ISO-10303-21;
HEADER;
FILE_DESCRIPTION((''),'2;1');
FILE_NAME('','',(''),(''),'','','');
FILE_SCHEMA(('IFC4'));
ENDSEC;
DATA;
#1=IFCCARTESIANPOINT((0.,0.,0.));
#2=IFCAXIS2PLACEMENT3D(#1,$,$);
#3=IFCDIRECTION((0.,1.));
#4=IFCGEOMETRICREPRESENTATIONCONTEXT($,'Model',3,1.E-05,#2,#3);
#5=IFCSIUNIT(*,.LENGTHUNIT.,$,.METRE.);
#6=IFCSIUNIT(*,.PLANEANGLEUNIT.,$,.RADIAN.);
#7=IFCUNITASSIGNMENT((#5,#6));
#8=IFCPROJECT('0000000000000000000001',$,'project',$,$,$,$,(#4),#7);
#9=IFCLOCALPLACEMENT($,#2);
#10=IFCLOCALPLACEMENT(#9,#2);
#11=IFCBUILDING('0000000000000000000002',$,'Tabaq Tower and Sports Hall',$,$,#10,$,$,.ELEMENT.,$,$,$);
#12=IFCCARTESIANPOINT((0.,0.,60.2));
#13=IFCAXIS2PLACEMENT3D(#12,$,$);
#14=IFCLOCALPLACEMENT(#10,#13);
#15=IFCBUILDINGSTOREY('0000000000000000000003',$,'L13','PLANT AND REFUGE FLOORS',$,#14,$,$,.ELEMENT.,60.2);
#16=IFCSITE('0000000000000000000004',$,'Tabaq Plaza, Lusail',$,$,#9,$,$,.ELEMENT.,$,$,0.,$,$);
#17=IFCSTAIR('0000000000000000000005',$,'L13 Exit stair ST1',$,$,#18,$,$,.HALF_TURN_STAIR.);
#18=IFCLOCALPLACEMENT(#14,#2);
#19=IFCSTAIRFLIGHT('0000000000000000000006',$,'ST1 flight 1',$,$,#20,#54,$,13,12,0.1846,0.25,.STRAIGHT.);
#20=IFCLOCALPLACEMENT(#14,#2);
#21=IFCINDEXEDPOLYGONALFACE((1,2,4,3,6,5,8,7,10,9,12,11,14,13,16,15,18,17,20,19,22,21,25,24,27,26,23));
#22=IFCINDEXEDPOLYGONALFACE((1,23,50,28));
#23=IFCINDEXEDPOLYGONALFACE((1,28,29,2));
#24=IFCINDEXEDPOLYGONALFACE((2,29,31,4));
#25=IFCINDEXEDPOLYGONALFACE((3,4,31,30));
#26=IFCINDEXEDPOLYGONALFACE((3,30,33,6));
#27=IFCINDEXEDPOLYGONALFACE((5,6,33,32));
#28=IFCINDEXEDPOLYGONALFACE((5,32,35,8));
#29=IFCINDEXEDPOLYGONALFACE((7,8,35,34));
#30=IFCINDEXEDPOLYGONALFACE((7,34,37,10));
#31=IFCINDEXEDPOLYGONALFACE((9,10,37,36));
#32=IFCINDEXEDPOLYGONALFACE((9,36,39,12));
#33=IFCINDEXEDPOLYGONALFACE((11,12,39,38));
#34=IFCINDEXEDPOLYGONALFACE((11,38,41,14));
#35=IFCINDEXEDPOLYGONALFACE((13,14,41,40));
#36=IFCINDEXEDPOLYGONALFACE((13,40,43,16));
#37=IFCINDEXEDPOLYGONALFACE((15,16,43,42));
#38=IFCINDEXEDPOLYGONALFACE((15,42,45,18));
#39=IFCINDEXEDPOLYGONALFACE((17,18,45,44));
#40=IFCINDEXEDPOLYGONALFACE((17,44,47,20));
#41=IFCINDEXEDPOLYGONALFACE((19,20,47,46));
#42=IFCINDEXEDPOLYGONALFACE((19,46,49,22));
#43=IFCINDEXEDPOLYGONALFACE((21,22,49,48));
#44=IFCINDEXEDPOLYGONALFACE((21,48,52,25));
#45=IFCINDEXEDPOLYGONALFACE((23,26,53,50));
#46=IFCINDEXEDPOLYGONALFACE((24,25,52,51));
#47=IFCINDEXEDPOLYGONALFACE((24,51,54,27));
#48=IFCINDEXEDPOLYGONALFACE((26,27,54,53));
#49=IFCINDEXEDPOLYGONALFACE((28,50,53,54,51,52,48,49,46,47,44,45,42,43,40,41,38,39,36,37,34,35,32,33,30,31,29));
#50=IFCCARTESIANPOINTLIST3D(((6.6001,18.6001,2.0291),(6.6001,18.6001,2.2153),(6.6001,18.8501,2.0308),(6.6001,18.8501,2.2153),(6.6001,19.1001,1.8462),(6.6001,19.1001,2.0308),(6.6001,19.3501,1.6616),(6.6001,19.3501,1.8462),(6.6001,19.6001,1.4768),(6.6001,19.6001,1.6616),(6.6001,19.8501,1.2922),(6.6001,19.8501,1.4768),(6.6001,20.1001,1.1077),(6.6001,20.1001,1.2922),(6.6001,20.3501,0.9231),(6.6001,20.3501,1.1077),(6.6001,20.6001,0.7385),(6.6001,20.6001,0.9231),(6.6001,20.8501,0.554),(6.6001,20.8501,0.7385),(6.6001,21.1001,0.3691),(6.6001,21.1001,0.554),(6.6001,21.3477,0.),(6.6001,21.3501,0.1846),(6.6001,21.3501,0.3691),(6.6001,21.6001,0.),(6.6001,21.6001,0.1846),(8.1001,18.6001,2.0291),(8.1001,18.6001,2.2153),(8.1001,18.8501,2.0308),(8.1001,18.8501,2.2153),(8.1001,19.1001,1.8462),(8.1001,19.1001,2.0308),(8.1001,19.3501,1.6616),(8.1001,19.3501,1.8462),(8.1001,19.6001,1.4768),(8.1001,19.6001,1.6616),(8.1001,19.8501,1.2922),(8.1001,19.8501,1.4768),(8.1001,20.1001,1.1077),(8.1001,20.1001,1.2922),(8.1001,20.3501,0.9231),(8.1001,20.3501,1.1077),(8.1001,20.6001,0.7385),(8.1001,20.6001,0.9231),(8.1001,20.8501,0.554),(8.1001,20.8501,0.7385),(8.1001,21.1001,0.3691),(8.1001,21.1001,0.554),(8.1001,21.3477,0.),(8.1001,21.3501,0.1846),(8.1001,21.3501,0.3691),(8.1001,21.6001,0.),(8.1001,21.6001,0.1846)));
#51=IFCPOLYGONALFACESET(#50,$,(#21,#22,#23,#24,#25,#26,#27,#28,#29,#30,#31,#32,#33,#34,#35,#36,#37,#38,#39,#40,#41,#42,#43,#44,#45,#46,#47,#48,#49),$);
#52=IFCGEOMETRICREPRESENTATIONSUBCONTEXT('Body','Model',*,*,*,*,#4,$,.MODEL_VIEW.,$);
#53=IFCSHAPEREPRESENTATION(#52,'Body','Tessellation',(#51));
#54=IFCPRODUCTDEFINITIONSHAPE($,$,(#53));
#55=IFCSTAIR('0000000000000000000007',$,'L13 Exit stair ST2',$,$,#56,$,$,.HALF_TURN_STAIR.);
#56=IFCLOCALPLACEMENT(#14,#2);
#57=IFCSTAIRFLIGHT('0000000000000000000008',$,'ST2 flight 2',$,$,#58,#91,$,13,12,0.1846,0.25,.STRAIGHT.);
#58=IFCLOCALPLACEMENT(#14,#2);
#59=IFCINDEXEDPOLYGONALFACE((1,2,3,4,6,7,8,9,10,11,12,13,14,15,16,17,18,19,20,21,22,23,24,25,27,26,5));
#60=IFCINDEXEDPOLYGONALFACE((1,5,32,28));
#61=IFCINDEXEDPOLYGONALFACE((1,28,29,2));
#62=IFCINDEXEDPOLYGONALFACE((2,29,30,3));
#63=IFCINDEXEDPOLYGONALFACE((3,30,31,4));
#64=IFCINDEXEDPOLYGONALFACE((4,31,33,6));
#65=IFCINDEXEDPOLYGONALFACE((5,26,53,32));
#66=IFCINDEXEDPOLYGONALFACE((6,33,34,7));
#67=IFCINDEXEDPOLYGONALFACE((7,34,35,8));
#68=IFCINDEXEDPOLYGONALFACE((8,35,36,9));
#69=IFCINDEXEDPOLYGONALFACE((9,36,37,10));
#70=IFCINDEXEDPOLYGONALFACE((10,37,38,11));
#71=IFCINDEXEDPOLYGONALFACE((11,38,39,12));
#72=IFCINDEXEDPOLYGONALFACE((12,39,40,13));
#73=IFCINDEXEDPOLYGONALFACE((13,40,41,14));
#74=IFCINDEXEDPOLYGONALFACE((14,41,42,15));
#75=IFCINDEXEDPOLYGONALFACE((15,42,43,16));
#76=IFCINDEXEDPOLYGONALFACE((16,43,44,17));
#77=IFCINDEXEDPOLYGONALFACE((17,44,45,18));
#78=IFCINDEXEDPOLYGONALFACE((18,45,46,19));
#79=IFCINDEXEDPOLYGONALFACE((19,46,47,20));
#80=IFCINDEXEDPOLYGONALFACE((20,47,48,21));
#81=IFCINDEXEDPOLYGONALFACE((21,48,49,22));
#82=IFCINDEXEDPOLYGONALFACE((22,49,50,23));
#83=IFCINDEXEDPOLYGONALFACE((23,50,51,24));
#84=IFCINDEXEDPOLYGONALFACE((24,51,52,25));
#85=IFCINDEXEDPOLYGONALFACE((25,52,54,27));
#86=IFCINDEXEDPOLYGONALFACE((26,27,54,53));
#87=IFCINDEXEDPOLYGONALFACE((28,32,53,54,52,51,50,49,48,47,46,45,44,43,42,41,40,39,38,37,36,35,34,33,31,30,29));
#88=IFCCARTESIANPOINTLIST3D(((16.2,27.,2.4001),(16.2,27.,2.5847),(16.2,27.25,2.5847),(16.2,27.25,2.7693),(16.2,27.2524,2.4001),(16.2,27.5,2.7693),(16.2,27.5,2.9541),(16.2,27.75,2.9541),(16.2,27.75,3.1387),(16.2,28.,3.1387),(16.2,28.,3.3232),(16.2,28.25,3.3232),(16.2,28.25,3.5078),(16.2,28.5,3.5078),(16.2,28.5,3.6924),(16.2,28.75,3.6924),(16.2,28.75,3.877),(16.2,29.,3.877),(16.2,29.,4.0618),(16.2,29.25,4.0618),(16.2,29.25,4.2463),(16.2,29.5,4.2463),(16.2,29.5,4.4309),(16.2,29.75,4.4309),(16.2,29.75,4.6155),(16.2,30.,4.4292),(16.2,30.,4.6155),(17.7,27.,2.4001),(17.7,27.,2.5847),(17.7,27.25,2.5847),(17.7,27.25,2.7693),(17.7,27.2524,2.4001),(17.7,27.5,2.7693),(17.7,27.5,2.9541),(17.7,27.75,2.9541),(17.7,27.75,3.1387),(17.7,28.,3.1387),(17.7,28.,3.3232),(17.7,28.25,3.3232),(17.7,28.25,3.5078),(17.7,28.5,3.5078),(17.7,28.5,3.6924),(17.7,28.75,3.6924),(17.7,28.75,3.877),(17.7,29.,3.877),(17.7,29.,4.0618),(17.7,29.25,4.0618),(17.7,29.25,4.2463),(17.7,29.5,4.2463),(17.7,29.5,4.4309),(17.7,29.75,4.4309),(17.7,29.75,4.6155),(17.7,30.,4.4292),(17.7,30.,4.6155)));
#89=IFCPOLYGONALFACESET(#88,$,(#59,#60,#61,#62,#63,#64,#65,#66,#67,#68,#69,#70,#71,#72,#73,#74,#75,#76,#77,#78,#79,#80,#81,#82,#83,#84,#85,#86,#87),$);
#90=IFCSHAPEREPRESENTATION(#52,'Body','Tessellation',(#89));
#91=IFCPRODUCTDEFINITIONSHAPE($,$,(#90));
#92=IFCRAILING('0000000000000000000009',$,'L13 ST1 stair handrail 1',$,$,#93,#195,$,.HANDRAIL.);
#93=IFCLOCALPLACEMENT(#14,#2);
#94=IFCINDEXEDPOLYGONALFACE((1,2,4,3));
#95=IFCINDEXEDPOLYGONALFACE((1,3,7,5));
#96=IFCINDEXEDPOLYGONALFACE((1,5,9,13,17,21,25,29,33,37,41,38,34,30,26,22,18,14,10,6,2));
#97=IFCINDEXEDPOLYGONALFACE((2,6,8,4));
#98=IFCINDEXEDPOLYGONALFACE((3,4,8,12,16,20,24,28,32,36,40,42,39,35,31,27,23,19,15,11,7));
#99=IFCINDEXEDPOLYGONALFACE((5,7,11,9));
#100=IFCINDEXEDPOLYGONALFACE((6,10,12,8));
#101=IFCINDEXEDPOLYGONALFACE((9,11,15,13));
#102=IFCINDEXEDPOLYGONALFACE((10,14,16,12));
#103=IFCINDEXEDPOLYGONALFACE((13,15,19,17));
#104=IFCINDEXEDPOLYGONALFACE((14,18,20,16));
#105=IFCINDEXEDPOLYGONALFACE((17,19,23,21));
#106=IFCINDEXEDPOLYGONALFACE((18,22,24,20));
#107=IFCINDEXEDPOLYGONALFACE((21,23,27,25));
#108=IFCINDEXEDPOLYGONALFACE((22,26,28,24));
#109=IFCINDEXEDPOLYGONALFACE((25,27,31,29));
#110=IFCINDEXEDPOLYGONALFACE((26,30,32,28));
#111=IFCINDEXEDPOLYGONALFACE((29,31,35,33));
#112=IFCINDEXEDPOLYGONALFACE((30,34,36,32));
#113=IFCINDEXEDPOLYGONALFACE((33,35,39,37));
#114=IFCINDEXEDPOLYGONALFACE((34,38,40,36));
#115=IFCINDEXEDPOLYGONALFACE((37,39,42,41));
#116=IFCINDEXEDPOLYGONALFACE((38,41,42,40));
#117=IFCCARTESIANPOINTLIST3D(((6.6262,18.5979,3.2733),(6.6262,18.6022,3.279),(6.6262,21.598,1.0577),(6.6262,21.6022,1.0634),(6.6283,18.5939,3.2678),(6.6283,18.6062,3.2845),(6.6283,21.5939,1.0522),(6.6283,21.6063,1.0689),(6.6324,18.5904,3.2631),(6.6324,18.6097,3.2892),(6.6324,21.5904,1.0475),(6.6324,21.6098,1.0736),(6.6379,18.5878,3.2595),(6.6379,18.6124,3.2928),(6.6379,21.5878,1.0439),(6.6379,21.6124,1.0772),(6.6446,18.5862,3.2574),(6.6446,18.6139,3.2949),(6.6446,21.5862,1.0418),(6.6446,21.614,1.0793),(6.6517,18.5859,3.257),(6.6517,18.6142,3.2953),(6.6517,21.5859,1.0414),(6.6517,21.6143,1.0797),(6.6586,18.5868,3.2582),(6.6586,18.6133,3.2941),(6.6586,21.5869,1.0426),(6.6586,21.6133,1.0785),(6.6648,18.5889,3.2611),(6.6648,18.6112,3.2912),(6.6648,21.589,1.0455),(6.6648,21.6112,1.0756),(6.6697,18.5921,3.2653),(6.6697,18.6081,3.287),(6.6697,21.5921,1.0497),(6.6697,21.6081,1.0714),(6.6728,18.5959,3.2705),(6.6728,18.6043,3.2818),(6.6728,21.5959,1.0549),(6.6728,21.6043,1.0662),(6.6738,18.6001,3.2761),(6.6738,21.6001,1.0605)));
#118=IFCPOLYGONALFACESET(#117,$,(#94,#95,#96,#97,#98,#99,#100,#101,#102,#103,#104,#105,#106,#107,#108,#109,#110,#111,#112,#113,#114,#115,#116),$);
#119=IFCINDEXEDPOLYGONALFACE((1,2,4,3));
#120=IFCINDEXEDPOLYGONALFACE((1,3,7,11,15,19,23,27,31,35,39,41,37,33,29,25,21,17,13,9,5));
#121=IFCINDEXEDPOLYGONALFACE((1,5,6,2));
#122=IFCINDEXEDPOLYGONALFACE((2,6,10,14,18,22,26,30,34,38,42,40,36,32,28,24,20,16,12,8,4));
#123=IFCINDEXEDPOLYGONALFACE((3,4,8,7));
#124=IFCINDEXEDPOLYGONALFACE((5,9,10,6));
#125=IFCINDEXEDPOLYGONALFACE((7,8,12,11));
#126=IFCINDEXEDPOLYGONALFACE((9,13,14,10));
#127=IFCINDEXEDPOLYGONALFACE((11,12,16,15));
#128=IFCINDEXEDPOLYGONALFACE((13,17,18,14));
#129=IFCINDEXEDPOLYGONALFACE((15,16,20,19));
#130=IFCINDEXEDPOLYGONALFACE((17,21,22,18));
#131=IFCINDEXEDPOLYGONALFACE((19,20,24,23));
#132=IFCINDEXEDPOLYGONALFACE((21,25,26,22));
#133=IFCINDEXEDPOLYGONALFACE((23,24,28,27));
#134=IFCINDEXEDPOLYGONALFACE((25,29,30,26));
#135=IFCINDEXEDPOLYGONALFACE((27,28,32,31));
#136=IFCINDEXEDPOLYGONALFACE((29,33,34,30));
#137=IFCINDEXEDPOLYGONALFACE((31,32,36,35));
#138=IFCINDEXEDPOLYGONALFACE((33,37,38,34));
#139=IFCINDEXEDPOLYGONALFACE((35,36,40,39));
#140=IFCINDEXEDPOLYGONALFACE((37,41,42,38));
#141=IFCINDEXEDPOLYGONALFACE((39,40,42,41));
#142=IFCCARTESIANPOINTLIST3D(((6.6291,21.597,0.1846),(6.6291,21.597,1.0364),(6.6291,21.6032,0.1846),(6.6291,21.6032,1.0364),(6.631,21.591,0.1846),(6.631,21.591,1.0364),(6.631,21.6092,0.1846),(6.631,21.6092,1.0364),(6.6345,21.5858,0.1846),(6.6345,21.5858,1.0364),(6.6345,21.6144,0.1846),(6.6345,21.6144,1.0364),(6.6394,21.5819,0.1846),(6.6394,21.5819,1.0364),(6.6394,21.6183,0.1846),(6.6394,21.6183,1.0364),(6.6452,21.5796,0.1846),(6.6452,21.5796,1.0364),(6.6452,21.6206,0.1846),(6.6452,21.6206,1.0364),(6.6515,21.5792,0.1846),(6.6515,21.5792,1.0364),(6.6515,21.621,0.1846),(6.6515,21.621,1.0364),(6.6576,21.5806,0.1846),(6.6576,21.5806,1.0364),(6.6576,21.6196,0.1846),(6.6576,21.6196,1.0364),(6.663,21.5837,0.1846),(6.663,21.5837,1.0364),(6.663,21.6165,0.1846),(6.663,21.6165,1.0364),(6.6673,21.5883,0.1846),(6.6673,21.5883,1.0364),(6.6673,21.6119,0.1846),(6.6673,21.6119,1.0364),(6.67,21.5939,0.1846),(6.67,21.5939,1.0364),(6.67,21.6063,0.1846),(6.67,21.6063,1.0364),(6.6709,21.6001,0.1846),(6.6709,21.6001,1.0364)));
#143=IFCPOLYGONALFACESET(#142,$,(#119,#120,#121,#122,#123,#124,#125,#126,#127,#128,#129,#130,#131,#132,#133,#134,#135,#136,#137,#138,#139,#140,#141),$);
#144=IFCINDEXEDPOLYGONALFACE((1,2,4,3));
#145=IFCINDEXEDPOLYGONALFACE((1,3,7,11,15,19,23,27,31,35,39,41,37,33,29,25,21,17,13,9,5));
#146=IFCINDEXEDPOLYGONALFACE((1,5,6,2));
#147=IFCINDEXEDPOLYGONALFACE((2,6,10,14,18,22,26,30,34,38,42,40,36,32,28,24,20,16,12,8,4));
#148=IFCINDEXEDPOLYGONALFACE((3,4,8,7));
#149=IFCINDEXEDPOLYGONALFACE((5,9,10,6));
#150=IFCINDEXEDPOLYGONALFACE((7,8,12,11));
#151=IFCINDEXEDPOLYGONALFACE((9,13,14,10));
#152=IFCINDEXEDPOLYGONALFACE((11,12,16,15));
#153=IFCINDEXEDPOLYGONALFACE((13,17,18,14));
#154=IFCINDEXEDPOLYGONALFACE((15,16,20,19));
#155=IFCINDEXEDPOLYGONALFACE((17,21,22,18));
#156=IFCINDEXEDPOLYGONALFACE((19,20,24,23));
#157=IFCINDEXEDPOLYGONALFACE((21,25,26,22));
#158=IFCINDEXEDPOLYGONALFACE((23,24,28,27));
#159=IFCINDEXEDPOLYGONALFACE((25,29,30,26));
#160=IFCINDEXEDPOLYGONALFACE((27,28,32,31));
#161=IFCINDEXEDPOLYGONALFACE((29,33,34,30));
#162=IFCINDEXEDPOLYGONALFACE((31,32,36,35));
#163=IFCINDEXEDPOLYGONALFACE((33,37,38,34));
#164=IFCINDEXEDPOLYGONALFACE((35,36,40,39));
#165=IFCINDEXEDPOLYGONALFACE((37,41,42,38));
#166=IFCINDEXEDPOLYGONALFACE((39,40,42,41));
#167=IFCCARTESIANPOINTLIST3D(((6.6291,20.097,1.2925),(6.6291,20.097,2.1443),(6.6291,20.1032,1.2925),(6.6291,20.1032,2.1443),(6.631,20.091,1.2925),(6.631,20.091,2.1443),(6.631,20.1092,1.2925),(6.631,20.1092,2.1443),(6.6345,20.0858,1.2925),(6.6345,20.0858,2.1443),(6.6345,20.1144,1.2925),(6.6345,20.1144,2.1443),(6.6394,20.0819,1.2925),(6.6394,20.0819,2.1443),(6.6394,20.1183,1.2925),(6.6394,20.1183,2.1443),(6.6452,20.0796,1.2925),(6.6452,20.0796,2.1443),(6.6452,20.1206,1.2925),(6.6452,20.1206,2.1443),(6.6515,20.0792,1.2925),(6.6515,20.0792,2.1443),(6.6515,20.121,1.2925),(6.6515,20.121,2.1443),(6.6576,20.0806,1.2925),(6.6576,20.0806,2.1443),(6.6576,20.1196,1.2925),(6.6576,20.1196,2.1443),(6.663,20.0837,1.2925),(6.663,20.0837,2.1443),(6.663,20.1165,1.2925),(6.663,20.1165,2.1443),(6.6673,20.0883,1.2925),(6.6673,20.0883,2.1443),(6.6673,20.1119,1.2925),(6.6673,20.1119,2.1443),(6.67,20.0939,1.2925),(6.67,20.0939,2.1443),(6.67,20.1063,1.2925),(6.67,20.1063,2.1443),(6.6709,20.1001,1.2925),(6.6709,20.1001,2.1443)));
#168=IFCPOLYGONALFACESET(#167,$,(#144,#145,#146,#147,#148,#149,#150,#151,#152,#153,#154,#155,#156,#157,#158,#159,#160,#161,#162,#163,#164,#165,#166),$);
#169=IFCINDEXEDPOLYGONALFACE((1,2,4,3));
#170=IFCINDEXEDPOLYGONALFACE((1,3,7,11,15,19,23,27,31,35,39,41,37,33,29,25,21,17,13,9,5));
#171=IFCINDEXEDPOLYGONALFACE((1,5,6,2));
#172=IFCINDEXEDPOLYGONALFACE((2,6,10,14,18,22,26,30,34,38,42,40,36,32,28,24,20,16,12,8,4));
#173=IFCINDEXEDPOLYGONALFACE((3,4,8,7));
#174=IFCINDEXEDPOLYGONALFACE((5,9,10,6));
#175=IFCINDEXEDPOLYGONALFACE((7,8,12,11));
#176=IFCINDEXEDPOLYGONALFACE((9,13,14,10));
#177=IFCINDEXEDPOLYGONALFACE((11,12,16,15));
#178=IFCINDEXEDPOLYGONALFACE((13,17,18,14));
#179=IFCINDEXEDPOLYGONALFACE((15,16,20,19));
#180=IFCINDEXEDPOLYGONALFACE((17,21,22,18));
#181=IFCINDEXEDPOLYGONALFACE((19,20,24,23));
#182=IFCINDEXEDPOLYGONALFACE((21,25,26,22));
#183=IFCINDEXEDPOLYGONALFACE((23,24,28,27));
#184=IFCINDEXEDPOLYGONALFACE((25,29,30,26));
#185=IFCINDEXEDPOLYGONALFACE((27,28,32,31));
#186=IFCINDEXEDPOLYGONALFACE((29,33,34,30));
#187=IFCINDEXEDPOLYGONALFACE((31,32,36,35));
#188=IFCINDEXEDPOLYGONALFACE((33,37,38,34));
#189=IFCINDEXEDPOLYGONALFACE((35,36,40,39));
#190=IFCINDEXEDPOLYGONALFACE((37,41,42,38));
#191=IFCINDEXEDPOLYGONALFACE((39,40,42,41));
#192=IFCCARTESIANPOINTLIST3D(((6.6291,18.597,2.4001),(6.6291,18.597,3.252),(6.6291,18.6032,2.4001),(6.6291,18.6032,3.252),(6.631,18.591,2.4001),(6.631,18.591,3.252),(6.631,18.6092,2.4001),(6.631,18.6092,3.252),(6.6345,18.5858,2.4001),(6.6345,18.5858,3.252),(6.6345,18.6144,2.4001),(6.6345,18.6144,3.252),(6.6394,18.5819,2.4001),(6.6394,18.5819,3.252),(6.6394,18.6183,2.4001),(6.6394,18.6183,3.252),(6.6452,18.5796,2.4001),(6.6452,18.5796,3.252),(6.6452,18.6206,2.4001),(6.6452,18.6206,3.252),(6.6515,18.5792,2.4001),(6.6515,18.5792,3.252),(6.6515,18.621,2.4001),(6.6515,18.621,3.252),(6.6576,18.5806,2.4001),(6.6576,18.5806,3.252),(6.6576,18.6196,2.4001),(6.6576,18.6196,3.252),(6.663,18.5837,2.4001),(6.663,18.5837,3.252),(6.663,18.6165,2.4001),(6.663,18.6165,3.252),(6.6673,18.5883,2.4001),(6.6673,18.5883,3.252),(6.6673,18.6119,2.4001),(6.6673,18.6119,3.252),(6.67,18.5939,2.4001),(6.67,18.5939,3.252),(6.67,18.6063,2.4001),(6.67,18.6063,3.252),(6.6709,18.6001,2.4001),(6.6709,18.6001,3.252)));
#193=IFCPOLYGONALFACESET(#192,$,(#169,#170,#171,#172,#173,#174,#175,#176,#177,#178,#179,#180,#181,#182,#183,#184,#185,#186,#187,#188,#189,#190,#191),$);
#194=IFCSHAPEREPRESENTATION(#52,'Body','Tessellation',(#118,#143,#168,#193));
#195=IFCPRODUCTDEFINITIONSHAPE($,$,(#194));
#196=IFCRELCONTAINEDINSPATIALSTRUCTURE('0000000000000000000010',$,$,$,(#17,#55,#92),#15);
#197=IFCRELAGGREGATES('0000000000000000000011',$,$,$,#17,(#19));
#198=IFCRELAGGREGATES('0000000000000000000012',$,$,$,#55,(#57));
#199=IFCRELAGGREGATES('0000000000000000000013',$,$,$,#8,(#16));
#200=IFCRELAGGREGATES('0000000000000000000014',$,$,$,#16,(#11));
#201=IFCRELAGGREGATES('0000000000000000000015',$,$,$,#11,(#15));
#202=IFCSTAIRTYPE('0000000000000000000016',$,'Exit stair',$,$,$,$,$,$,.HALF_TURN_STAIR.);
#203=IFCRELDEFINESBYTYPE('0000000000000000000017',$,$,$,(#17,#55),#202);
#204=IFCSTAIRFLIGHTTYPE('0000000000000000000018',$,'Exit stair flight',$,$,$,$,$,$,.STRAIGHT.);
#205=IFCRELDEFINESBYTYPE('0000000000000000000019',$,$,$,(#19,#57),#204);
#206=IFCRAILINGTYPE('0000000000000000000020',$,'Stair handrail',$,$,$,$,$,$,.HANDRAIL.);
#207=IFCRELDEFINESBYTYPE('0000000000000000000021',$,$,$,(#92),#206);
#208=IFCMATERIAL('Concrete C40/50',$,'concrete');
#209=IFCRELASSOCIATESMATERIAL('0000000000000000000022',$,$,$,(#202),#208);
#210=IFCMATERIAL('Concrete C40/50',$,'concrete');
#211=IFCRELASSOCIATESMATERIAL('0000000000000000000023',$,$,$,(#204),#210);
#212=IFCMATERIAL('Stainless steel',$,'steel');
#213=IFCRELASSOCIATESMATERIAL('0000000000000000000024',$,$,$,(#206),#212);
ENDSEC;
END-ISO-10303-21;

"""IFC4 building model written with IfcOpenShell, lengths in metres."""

from ifc_helpers import new_model, si_unit, direction, frame, origin, origin_2d, place, context, subcontext, project, spatial, polyline, circle, outline, extrude, material, type_object, element, aggregate, save


model = new_model("IFC4")

# Units and contexts
model_context = context("Model", 3, precision=1e-05, world=origin(), true_north=direction((0.0, 1.0)))
body_context = subcontext(model_context, "Body", "Model", "MODEL_VIEW")
ifc_project = project(units=[si_unit("LENGTHUNIT", "METRE"), si_unit("PLANEANGLEUNIT", "RADIAN")], contexts=[model_context])

# Site, building, storey
site_placement = place(None, origin())
site = spatial("IfcSite", under=ifc_project, at=site_placement, Name="Tabaq Plaza, Lusail", CompositionType="ELEMENT", RefElevation=0.0)
building_placement = place(site_placement, origin())
building = spatial("IfcBuilding", under=site, at=building_placement, Name="Tabaq Tower and Sports Hall", CompositionType="ELEMENT")
storey_placement = place(building_placement, frame((0.0, 0.0, 60.2)))
storey = spatial("IfcBuildingStorey", under=building, at=storey_placement, Name="L13", Description="PLANT AND REFUGE FLOORS", CompositionType="ELEMENT", Elevation=60.2)

# Stairs, stair flights
ifc_material_1 = material(Name="Concrete C40/50", Category="concrete")
stair_type = type_object("IfcStairType", Name="Exit stair", PredefinedType="HALF_TURN_STAIR", material=ifc_material_1)
stair_1_placement = place(storey_placement, origin())
stair_1 = element("IfcStair", 1, at=stair_1_placement, inside=storey, type_object=stair_type, Name="L13 Exit stair ST1", PredefinedType="HALF_TURN_STAIR")
ifc_material_2 = material(Name="Concrete C40/50", Category="concrete")
stair_flight_type = type_object("IfcStairFlightType", Name="Exit stair flight", PredefinedType="STRAIGHT", material=ifc_material_2)
stair_flight_1_placement = place(storey_placement, frame((7.3501, 21.6001, 0.0), z_axis=(0.0, 0.0, 1.0), x_axis=(0.0, -1.0, 0.0)))
stair_flight_1 = element("IfcStairFlight", 2, at=stair_flight_1_placement, type_object=stair_flight_type, Name="ST1 flight 1", NumberOfRisers=13, NumberOfTreads=12, PredefinedType="STRAIGHT", RiserHeight=0.1846, TreadLength=0.25, context=body_context, shape_type="SweptSolid", body=[
    extrude(outline(polyline([(0.0, 0.0), (0.0, 0.1846), (0.25, 0.1846), (0.25, 0.3691), (0.5, 0.3691), (0.5, 0.554), (0.75, 0.554), (0.75, 0.7385), (1.0, 0.7385), (1.0, 0.9231), (1.25, 0.9231), (1.25, 1.1077), (1.5, 1.1077), (1.5, 1.2922), (1.75, 1.2922), (1.75, 1.4768), (2.0, 1.4768), (2.0, 1.6616), (2.25, 1.6616), (2.25, 1.8462), (2.5, 1.8462), (2.5, 2.0308), (2.75, 2.0308), (2.75, 2.2153), (3.0, 2.2153), (3.0, 2.3999), (3.0, 2.0291), (0.2524, 0.0), (0.0, 0.0)])), frame((0.0, 0.75, 0.0), z_axis=(0.0, -1.0, 0.0), x_axis=(1.0, 0.0, 0.0)), (0.0, 0.0, 1.0), 1.5),
])
aggregate(stair_1, [stair_flight_1])
stair_2_placement = place(storey_placement, origin())
stair_2 = element("IfcStair", 3, at=stair_2_placement, inside=storey, type_object=stair_type, Name="L13 Exit stair ST2", PredefinedType="HALF_TURN_STAIR")
stair_flight_2_placement = place(storey_placement, frame((16.95, 27.0, 2.4001), z_axis=(0.0, 0.0, 1.0), x_axis=(0.0, 1.0, 0.0)))
stair_flight_2 = element("IfcStairFlight", 4, at=stair_flight_2_placement, type_object=stair_flight_type, Name="ST2 flight 2", NumberOfRisers=13, NumberOfTreads=12, PredefinedType="STRAIGHT", RiserHeight=0.1846, TreadLength=0.25, context=body_context, shape_type="SweptSolid", body=[
    extrude(outline(polyline([(0.0, 0.0), (0.0, 0.1846), (0.25, 0.1846), (0.25, 0.3691), (0.5, 0.3691), (0.5, 0.554), (0.75, 0.554), (0.75, 0.7385), (1.0, 0.7385), (1.0, 0.9231), (1.25, 0.9231), (1.25, 1.1077), (1.5, 1.1077), (1.5, 1.2922), (1.75, 1.2922), (1.75, 1.4768), (2.0, 1.4768), (2.0, 1.6616), (2.25, 1.6616), (2.25, 1.8462), (2.5, 1.8462), (2.5, 2.0308), (2.75, 2.0308), (2.75, 2.2153), (3.0, 2.2153), (3.0, 2.3999), (3.0, 2.0291), (0.2524, 0.0), (0.0, 0.0)])), frame((0.0, 0.75, 0.0), z_axis=(0.0, -1.0, 0.0), x_axis=(1.0, 0.0, 0.0)), (0.0, 0.0, 1.0), 1.5),
])
aggregate(stair_2, [stair_flight_2])

# Railing
ifc_material_3 = material(Name="Stainless steel", Category="steel")
railing_type_1 = type_object("IfcRailingType", Name="Stair handrail", PredefinedType="HANDRAIL", material=ifc_material_3)
railing_1_placement = place(storey_placement, frame((6.6499, 21.6001, 0.1846)))
element("IfcRailing", 5, at=railing_1_placement, inside=storey, type_object=railing_type_1, Name="L13 ST1 stair handrail 1", PredefinedType="HANDRAIL", context=body_context, shape_type="SweptSolid", body=[
    extrude(circle(Radius=0.0239, at=origin_2d()), frame((0.0, 0.0, 0.876), z_axis=(0.0, -0.804409, 0.594076), x_axis=(1.0, 0.0, 0.0)), (0.0, 0.0, 1.0), 3.7295),
    extrude(circle(Radius=0.021, at=origin_2d()), origin(), (0.0, 0.0, 1.0), 0.8518),
    extrude(circle(Radius=0.021, at=origin_2d()), frame((0.0, -1.5, 1.1079)), (0.0, 0.0, 1.0), 0.8518),
    extrude(circle(Radius=0.021, at=origin_2d()), frame((0.0, -3.0, 2.2156)), (0.0, 0.0, 1.0), 0.8518),
])

save(model, "model.ifc")
